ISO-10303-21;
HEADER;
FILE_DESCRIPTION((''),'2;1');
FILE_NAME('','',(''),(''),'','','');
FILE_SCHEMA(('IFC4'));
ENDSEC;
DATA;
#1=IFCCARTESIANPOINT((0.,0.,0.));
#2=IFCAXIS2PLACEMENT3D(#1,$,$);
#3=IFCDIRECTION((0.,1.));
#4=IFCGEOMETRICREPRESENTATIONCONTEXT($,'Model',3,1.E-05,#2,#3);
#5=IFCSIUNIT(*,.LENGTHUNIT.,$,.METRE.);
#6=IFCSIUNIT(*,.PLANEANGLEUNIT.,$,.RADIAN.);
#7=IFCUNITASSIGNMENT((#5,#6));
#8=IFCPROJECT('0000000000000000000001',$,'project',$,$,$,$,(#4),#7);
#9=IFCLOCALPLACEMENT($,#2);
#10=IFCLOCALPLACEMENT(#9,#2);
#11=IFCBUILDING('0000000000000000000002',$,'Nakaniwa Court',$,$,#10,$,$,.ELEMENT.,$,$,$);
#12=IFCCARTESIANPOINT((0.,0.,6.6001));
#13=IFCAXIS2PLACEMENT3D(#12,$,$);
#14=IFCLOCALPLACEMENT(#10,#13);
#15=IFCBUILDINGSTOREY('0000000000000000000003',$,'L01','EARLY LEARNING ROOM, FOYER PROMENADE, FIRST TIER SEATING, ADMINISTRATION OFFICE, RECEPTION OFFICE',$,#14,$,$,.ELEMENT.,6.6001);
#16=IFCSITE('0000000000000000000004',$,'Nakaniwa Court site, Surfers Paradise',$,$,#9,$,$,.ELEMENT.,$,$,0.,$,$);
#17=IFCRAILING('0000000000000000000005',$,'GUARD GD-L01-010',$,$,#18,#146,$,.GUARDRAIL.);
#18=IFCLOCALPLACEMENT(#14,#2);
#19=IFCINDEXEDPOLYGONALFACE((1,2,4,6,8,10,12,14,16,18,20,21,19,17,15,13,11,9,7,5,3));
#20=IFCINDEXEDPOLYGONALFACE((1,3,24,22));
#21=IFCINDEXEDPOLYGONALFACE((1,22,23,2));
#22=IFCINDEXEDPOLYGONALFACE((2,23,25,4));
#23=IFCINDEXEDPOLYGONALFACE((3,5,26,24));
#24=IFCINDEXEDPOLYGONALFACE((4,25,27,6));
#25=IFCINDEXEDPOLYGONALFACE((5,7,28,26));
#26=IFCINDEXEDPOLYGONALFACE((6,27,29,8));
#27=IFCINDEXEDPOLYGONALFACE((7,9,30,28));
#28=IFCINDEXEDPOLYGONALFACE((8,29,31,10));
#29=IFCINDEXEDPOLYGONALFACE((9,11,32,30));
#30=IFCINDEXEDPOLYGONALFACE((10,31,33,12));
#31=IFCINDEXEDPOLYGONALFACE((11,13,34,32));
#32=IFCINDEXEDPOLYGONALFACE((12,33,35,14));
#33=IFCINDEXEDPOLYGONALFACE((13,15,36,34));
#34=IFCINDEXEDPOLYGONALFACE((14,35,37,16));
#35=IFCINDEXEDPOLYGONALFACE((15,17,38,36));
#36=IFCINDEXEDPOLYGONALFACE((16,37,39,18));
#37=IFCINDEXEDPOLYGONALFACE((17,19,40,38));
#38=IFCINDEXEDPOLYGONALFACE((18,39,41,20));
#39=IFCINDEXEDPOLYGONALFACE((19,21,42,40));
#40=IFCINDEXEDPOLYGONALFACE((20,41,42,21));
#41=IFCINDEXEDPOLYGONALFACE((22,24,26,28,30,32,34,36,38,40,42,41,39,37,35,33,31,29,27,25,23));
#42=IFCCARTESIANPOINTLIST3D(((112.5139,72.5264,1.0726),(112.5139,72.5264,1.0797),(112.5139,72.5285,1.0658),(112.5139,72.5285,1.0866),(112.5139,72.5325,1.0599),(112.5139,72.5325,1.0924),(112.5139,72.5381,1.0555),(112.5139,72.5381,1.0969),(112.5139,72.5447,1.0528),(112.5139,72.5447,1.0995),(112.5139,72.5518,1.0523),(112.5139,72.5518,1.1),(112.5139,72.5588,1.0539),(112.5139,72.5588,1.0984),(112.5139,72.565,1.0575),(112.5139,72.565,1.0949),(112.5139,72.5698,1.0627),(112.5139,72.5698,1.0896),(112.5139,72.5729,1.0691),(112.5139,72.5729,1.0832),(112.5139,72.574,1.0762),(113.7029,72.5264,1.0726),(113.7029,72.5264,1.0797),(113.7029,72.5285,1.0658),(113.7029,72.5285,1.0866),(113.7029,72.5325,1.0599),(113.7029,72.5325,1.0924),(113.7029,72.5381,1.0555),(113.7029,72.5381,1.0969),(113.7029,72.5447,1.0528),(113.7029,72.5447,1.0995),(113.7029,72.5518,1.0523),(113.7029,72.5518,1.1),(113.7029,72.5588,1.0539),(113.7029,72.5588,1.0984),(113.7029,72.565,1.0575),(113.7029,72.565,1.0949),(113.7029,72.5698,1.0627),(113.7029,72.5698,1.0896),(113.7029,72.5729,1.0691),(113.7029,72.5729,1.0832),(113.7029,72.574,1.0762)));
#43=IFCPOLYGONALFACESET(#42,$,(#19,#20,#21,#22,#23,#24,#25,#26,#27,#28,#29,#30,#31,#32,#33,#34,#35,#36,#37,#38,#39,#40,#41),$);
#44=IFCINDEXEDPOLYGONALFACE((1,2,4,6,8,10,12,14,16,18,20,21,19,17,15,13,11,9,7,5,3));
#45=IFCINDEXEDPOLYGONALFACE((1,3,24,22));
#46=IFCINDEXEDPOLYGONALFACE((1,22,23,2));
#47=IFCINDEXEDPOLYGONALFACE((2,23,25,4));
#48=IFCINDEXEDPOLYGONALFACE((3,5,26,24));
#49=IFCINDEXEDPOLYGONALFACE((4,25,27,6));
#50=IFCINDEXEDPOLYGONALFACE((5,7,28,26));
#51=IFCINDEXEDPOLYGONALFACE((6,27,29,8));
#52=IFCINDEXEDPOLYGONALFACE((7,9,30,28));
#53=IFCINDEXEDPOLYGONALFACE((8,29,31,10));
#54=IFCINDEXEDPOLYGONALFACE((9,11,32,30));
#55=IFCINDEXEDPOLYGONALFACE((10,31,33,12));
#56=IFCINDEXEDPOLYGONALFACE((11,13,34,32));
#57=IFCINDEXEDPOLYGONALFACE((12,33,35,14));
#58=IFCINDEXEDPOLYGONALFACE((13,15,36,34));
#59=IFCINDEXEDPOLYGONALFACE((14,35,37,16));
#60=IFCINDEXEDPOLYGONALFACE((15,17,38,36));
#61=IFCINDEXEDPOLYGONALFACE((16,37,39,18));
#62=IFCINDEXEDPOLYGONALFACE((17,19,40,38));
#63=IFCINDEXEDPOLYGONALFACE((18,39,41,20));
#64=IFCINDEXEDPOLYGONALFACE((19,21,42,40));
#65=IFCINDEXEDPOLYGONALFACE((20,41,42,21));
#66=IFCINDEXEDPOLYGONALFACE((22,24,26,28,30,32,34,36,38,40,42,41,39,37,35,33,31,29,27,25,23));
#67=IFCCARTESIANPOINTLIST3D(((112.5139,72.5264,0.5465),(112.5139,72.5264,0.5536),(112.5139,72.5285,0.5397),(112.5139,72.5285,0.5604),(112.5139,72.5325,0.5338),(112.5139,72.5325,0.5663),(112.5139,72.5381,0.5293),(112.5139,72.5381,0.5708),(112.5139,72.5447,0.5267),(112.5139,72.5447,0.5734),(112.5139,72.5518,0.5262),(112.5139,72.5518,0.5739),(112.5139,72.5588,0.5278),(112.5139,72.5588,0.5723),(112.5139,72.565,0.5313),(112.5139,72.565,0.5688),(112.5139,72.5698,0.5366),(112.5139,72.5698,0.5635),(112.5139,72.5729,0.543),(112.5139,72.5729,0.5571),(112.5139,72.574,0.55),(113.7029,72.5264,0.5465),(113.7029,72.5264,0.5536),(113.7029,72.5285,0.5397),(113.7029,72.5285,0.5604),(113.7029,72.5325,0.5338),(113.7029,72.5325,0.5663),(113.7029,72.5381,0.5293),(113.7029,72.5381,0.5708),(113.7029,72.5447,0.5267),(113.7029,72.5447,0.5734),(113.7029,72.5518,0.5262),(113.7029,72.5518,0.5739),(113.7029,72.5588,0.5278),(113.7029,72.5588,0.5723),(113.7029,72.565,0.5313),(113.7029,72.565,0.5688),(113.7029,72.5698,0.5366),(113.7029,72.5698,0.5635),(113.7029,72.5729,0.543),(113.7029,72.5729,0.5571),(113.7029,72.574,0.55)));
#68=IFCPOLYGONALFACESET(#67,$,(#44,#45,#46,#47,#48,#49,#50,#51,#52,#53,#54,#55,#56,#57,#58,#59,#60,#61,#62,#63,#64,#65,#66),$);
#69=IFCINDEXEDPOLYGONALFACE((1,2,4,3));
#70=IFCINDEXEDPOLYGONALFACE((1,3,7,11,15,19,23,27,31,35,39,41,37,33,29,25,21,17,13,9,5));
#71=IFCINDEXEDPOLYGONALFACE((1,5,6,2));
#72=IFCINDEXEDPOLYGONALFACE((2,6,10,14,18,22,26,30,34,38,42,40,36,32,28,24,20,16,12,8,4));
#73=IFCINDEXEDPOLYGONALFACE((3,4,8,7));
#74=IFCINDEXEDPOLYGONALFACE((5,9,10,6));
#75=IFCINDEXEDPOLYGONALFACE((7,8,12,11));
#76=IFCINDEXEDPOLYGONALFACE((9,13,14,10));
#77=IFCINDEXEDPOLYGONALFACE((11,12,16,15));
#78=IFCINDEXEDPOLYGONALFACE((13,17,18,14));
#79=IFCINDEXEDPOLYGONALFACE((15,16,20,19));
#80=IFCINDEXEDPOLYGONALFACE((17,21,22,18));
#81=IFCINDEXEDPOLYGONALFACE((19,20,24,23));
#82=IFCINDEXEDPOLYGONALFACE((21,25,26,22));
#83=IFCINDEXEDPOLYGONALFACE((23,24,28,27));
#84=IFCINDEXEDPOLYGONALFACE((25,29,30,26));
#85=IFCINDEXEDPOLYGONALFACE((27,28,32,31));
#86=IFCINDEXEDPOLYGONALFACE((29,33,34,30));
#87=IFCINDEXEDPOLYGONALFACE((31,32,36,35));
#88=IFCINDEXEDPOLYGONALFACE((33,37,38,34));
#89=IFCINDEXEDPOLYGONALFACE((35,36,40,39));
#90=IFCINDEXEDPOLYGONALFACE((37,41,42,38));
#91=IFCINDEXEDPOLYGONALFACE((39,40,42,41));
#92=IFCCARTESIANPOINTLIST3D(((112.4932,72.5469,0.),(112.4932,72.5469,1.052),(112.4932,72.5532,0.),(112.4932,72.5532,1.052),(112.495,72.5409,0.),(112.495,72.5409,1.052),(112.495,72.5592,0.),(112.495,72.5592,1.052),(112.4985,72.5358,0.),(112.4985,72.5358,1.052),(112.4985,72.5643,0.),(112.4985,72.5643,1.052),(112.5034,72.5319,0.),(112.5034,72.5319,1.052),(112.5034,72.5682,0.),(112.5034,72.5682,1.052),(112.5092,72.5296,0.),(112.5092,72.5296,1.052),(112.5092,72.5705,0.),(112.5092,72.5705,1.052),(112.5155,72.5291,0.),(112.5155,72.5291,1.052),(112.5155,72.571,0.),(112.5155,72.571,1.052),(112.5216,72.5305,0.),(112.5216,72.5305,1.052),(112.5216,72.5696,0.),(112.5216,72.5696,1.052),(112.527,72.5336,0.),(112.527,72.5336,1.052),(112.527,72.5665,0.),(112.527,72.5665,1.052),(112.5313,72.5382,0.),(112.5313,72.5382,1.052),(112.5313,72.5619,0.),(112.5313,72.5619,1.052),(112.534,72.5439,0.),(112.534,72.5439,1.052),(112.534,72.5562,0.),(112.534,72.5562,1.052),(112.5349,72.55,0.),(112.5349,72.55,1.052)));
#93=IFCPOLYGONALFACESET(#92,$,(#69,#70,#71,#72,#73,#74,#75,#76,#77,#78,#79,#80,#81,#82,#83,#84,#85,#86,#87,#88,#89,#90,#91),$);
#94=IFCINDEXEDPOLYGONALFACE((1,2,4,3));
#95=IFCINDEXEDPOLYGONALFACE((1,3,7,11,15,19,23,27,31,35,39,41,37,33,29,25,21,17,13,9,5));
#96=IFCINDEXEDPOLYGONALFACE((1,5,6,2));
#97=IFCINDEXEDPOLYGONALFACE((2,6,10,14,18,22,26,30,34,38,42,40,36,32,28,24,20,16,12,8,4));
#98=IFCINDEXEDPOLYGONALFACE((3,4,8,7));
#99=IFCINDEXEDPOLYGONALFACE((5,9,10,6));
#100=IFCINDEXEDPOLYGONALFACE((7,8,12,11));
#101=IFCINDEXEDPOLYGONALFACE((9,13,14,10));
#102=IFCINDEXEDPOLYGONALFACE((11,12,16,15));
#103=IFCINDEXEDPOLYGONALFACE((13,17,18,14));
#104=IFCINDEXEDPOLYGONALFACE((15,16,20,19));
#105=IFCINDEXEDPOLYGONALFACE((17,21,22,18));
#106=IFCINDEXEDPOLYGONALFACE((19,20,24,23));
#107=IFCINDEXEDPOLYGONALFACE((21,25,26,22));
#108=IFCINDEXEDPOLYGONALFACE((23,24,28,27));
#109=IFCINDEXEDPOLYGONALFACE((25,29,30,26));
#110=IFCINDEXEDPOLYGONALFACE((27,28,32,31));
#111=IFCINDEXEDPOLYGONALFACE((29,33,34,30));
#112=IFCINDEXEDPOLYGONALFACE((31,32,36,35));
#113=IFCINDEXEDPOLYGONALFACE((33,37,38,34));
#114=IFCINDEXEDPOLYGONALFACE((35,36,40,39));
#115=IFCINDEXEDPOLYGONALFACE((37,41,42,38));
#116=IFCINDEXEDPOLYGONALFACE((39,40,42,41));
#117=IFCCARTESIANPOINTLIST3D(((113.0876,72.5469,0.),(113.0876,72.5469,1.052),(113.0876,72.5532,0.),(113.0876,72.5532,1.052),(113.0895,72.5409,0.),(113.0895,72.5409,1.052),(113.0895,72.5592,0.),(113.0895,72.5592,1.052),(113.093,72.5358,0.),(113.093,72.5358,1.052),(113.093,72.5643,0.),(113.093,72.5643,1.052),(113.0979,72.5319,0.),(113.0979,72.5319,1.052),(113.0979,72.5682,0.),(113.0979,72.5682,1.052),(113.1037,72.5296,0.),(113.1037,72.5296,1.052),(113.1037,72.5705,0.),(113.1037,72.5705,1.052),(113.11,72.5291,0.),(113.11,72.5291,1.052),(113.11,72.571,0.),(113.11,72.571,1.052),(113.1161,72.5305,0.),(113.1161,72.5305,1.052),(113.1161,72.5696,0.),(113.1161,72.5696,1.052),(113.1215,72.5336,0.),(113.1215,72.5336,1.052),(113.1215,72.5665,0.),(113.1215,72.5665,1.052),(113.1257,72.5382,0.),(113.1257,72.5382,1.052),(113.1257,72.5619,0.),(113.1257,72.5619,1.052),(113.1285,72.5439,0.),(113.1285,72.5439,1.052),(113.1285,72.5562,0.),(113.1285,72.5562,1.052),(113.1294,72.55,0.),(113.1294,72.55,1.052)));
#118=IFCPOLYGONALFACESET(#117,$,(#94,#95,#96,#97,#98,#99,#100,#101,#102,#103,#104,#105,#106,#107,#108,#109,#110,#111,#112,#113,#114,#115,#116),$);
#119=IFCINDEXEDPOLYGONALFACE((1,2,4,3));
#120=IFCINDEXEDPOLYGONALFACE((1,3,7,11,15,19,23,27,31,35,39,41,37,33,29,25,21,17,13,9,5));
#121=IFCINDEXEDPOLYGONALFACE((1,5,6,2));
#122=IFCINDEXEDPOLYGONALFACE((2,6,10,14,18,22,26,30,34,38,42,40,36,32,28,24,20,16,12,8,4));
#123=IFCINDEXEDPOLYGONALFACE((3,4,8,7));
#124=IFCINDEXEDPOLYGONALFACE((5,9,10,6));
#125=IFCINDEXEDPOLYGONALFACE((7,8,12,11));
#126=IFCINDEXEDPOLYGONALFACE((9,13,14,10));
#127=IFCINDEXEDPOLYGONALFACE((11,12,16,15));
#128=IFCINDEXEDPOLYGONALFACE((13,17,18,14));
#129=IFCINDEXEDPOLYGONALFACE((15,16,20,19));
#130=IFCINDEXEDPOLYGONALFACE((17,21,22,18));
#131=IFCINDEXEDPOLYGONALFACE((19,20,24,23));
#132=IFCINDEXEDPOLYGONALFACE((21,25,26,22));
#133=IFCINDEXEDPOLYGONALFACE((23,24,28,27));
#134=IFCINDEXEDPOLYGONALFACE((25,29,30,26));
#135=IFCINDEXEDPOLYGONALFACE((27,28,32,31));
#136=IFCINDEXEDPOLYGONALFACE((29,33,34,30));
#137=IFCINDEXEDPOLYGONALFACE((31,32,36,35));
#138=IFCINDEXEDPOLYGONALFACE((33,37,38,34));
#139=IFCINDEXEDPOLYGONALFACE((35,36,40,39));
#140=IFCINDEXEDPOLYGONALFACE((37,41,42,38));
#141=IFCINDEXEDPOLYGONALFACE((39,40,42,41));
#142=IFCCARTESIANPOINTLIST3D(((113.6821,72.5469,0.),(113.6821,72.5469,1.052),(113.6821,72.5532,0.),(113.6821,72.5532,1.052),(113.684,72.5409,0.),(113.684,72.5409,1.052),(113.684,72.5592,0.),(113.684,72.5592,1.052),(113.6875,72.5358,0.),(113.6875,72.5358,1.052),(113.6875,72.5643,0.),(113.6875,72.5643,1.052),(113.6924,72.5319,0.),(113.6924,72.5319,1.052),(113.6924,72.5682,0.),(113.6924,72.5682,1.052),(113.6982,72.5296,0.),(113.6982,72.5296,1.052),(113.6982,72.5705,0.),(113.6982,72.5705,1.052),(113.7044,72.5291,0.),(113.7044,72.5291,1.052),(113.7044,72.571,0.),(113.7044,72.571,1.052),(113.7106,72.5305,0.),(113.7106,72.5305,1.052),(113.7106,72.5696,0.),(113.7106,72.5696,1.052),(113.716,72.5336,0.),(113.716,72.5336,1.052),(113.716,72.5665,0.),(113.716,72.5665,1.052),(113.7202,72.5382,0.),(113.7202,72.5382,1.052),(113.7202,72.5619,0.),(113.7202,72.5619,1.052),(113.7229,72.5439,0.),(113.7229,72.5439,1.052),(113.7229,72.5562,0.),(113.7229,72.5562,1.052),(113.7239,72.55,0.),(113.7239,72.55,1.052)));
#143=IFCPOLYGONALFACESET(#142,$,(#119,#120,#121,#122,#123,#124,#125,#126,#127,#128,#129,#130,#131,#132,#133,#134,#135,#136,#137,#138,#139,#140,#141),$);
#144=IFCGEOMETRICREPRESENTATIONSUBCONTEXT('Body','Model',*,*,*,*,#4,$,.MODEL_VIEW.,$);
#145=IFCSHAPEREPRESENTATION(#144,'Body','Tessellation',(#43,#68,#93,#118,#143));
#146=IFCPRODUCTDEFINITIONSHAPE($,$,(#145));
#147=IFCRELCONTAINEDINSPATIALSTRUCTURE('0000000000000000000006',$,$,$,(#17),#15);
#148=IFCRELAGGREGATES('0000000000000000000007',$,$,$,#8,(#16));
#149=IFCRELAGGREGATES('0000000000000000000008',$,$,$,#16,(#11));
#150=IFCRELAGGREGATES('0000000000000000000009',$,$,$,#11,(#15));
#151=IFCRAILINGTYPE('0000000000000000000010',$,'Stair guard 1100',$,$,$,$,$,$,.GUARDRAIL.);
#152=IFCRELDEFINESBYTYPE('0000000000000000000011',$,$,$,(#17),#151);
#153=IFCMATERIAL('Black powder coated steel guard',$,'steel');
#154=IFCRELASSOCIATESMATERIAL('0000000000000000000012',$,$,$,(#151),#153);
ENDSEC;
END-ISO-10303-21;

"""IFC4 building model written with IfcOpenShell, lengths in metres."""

from ifc_helpers import new_model, si_unit, direction, frame, origin, origin_2d, place, context, subcontext, project, spatial, circle, extrude, material, type_object, element, save


model = new_model("IFC4")

# Units and contexts
model_context = context("Model", 3, precision=1e-05, world=origin(), true_north=direction((0.0, 1.0)))
body_context = subcontext(model_context, "Body", "Model", "MODEL_VIEW")
ifc_project = project(units=[si_unit("LENGTHUNIT", "METRE"), si_unit("PLANEANGLEUNIT", "RADIAN")], contexts=[model_context])

# Site, building, storey
site_placement = place(None, origin())
site = spatial("IfcSite", under=ifc_project, at=site_placement, Name="Nakaniwa Court site, Surfers Paradise", CompositionType="ELEMENT", RefElevation=0.0)
building_placement = place(site_placement, origin())
building = spatial("IfcBuilding", under=site, at=building_placement, Name="Nakaniwa Court", CompositionType="ELEMENT")
storey_placement = place(building_placement, frame((0.0, 0.0, 6.6001)))
storey = spatial("IfcBuildingStorey", under=building, at=storey_placement, Name="L01", Description="EARLY LEARNING ROOM, FOYER PROMENADE, FIRST TIER SEATING, ADMINISTRATION OFFICE, RECEPTION OFFICE", CompositionType="ELEMENT", Elevation=6.6001)

# Railing
ifc_material_1 = material(Name="Black powder coated steel guard", Category="steel")
railing_type = type_object("IfcRailingType", Name="Stair guard 1100", PredefinedType="GUARDRAIL", material=ifc_material_1)
railing_placement = place(storey_placement, frame((112.5139, 72.55, 0.0)))
element("IfcRailing", 1, at=railing_placement, inside=storey, type_object=railing_type, Name="GUARD GD-L01-010", PredefinedType="GUARDRAIL", context=body_context, shape_type="SweptSolid", body=[
    extrude(circle(Radius=0.0239, at=origin_2d()), frame((0.0, 0.0, 1.0762), z_axis=(1.0, 0.0, 0.0), x_axis=(0.0, 1.0, 0.0)), (0.0, 0.0, 1.0), 1.189),
    extrude(circle(Radius=0.0239, at=origin_2d()), frame((0.0, 0.0, 0.55), z_axis=(1.0, 0.0, 0.0), x_axis=(0.0, 1.0, 0.0)), (0.0, 0.0, 1.0), 1.189),
    extrude(circle(Radius=0.021, at=origin_2d()), origin(), (0.0, 0.0, 1.0), 1.052),
    extrude(circle(Radius=0.021, at=origin_2d()), frame((0.5945, 0.0, 0.0)), (0.0, 0.0, 1.0), 1.052),
    extrude(circle(Radius=0.021, at=origin_2d()), frame((1.189, 0.0, 0.0)), (0.0, 0.0, 1.0), 1.052),
])

save(model, "model.ifc")
